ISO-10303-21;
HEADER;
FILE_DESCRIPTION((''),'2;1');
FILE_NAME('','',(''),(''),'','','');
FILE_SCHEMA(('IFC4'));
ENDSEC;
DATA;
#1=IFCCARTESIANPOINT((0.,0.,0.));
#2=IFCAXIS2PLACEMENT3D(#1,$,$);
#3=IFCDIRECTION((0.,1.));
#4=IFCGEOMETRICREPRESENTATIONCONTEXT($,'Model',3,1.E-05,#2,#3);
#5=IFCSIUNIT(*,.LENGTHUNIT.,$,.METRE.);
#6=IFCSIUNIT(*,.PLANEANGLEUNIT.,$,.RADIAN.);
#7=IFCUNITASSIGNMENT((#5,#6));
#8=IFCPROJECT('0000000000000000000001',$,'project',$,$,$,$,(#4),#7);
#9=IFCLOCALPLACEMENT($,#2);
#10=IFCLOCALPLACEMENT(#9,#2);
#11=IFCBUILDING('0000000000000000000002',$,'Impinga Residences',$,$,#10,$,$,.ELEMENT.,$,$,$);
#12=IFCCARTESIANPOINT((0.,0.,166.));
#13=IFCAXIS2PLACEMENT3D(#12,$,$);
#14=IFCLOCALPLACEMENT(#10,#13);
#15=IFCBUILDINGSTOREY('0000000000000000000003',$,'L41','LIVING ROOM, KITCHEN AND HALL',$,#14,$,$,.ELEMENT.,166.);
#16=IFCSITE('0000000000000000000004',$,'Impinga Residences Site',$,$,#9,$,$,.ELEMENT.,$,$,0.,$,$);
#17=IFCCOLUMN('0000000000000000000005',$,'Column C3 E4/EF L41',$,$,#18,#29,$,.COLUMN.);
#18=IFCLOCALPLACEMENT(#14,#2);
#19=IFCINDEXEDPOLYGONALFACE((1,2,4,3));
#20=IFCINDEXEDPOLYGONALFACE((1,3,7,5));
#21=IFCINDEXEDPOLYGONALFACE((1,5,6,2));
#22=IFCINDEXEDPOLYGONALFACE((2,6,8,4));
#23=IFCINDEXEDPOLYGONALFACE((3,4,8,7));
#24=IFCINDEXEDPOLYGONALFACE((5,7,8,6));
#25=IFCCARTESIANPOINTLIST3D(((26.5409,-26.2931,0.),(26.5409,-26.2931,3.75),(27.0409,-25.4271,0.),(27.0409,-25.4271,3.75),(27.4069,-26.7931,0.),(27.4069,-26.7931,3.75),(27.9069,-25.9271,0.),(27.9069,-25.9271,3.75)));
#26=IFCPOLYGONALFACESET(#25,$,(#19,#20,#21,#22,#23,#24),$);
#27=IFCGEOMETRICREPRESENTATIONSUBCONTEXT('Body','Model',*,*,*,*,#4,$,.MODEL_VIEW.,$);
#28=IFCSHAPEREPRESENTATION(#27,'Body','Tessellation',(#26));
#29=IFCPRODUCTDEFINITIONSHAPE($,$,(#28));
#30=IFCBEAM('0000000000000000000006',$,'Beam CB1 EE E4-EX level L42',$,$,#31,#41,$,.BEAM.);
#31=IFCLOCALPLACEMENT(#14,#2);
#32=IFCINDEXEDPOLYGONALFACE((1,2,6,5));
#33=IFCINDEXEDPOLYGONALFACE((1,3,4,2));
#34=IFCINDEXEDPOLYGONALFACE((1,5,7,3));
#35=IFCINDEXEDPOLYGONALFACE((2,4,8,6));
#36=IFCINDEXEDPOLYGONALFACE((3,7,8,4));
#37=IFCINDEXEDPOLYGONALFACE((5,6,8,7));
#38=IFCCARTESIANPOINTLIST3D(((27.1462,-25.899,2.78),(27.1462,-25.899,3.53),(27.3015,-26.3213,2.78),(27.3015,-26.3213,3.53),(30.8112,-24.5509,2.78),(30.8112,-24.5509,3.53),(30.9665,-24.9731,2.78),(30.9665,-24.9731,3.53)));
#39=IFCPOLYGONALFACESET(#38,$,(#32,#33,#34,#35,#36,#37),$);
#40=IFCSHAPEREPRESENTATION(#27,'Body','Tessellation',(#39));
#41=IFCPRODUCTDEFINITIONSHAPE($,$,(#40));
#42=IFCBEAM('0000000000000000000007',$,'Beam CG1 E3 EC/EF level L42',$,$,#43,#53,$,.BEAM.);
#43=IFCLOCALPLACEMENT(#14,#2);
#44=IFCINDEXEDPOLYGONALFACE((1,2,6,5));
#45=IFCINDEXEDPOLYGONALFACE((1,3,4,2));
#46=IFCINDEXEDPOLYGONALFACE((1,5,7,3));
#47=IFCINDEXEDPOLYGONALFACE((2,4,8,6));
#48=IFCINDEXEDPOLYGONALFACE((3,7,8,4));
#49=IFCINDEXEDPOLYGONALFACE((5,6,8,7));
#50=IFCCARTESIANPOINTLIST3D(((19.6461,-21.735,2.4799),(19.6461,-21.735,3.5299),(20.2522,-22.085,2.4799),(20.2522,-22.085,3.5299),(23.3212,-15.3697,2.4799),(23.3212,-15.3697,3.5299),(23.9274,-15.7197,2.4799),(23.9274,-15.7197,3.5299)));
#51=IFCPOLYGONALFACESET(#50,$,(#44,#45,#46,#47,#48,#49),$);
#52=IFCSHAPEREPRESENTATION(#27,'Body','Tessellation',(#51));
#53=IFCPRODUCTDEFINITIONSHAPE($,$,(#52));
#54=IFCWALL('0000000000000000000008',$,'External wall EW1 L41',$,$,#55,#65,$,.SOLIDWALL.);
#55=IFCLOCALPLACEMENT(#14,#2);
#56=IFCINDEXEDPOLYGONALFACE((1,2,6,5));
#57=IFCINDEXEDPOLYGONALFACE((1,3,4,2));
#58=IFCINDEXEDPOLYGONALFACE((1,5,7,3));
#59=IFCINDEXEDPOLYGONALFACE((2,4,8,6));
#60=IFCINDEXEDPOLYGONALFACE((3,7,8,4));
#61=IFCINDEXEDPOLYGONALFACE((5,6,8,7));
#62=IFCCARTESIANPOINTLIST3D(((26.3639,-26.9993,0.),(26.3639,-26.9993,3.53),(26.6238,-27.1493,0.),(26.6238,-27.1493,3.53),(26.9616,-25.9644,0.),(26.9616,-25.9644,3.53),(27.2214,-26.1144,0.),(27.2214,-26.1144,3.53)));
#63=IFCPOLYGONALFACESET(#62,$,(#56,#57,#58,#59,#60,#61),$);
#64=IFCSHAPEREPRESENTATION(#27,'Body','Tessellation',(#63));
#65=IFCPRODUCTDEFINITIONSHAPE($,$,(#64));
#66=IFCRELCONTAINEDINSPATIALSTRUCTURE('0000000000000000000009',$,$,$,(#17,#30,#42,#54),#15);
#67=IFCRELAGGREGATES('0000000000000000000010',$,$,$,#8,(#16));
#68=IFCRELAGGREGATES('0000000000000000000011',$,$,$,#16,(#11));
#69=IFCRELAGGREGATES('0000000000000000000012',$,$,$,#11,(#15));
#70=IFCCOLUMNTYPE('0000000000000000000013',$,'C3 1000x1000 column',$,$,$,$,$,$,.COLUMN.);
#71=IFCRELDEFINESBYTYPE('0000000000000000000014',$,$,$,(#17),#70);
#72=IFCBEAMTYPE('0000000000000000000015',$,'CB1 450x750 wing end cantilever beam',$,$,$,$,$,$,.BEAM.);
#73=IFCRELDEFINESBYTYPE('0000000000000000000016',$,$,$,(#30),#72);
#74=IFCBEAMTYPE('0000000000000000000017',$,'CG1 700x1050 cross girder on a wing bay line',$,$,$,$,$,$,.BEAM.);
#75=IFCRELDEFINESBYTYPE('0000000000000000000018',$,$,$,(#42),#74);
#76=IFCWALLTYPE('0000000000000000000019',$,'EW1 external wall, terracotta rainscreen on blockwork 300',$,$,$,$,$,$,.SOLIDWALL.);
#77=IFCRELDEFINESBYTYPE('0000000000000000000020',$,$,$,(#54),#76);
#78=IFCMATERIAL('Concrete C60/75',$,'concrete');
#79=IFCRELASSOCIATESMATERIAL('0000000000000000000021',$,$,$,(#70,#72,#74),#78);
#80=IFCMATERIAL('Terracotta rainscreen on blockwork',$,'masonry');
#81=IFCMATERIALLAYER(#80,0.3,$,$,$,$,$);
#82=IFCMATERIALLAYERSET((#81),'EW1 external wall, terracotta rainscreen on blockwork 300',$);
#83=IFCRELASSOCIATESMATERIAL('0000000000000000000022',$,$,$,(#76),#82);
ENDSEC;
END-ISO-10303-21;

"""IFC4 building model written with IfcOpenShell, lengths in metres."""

from ifc_helpers import new_model, si_unit, direction, frame, frame_2d, origin, origin_2d, place, context, subcontext, project, spatial, rectangle, extrude, material, layer, layer_set, material_profile, profile_set, type_object, element, save


model = new_model("IFC4")

# Units and contexts
model_context = context("Model", 3, precision=1e-05, world=origin(), true_north=direction((0.0, 1.0)))
body_context = subcontext(model_context, "Body", "Model", "MODEL_VIEW")
ifc_project = project(units=[si_unit("LENGTHUNIT", "METRE"), si_unit("PLANEANGLEUNIT", "RADIAN")], contexts=[model_context])

# Site, building, storey
site_placement = place(None, origin())
site = spatial("IfcSite", under=ifc_project, at=site_placement, Name="Impinga Residences Site", CompositionType="ELEMENT", RefElevation=0.0)
building_placement = place(site_placement, origin())
building = spatial("IfcBuilding", under=site, at=building_placement, Name="Impinga Residences", CompositionType="ELEMENT")
storey_placement = place(building_placement, frame((0.0, 0.0, 166.0)))
storey = spatial("IfcBuildingStorey", under=building, at=storey_placement, Name="L41", Description="LIVING ROOM, KITCHEN AND HALL", CompositionType="ELEMENT", Elevation=166.0)

# Column
ifc_material_1 = material(Name="Concrete C60/75", Category="concrete")
ifc_material_profile_1 = material_profile(ifc_material_1, rectangle(XDim=1.0, YDim=1.0, at=origin_2d()), Name="RC 1000x1000")
ifc_profile_set_1 = profile_set([ifc_material_profile_1], Name="Concrete C60/75")
column_type = type_object("IfcColumnType", Name="C3 1000x1000 column", PredefinedType="COLUMN", material=ifc_profile_set_1)
column_placement = place(storey_placement, frame((27.2239, -26.1101, 0.0), z_axis=(0.0, 0.0, 1.0), x_axis=(-0.5, -0.866025, 0.0)))
element("IfcColumn", 1, at=column_placement, inside=storey, type_object=column_type, Name="Column C3 E4/EF L41", PredefinedType="COLUMN", context=body_context, shape_type="SweptSolid", body=[
    extrude(rectangle(XDim=1.0, YDim=1.0, at=origin_2d()), origin(), (0.0, 0.0, 1.0), 3.75),
])

# Beams
ifc_material_profile_2 = material_profile(ifc_material_1, rectangle(XDim=0.45, YDim=0.75, at=origin_2d()), Name="RC 450x750")
ifc_profile_set_2 = profile_set([ifc_material_profile_2], Name="Concrete C60/75")
beam_type_1 = type_object("IfcBeamType", Name="CB1 450x750 wing end cantilever beam", PredefinedType="BEAM", material=ifc_profile_set_2)
beam_1_placement = place(storey_placement, frame((27.2239, -26.1101, 3.155), z_axis=(0.93852, 0.345224, 0.0), x_axis=(-0.345224, 0.93852, 0.0)))
element("IfcBeam", 2, at=beam_1_placement, inside=storey, type_object=beam_type_1, Name="Beam CB1 EE E4-EX level L42", PredefinedType="BEAM", context=body_context, shape_type="SweptSolid", body=[
    extrude(rectangle(XDim=0.45, YDim=0.75, at=origin_2d()), origin(), (0.0, 0.0, 1.0), 3.905),
])
ifc_material_profile_3 = material_profile(ifc_material_1, rectangle(XDim=0.7, YDim=1.05, at=origin_2d()), Name="RC 700x1050")
ifc_profile_set_3 = profile_set([ifc_material_profile_3], Name="Concrete C60/75")
beam_type_2 = type_object("IfcBeamType", Name="CG1 700x1050 cross girder on a wing bay line", PredefinedType="BEAM", material=ifc_profile_set_3)
beam_2_placement = place(storey_placement, frame((23.6243, -15.5447, 3.0049), z_axis=(-0.500008, -0.866021, 0.0), x_axis=(0.866021, -0.500008, 0.0)))
element("IfcBeam", 3, at=beam_2_placement, inside=storey, type_object=beam_type_2, Name="Beam CG1 E3 EC/EF level L42", PredefinedType="BEAM", context=body_context, shape_type="SweptSolid", body=[
    extrude(rectangle(XDim=0.7, YDim=1.05, at=origin_2d()), origin(), (0.0, 0.0, 1.0), 7.3501),
])

# Wall
ifc_material_2 = material(Name="Terracotta rainscreen on blockwork", Category="masonry")
ifc_layer_1 = layer(ifc_material_2, 0.3)
ifc_layer_set_1 = layer_set([ifc_layer_1], Name="EW1 external wall, terracotta rainscreen on blockwork 300")
wall_type_1 = type_object("IfcWallType", Name="EW1 external wall, terracotta rainscreen on blockwork 300", PredefinedType="SOLIDWALL", material=ifc_layer_set_1)
wall_1_placement = place(storey_placement, frame((27.0916, -26.0393, 0.0), z_axis=(0.0, 0.0, 1.0), x_axis=(-0.500094, -0.865971, 0.0)))
element("IfcWall", 4, at=wall_1_placement, inside=storey, type_object=wall_type_1, Name="External wall EW1 L41", PredefinedType="SOLIDWALL", context=body_context, shape_type="SweptSolid", body=[
    extrude(rectangle(XDim=1.1951, YDim=0.3, at=frame_2d((0.5977, 0.0))), origin(), (0.0, 0.0, 1.0), 3.53),
])

save(model, "model.ifc")
